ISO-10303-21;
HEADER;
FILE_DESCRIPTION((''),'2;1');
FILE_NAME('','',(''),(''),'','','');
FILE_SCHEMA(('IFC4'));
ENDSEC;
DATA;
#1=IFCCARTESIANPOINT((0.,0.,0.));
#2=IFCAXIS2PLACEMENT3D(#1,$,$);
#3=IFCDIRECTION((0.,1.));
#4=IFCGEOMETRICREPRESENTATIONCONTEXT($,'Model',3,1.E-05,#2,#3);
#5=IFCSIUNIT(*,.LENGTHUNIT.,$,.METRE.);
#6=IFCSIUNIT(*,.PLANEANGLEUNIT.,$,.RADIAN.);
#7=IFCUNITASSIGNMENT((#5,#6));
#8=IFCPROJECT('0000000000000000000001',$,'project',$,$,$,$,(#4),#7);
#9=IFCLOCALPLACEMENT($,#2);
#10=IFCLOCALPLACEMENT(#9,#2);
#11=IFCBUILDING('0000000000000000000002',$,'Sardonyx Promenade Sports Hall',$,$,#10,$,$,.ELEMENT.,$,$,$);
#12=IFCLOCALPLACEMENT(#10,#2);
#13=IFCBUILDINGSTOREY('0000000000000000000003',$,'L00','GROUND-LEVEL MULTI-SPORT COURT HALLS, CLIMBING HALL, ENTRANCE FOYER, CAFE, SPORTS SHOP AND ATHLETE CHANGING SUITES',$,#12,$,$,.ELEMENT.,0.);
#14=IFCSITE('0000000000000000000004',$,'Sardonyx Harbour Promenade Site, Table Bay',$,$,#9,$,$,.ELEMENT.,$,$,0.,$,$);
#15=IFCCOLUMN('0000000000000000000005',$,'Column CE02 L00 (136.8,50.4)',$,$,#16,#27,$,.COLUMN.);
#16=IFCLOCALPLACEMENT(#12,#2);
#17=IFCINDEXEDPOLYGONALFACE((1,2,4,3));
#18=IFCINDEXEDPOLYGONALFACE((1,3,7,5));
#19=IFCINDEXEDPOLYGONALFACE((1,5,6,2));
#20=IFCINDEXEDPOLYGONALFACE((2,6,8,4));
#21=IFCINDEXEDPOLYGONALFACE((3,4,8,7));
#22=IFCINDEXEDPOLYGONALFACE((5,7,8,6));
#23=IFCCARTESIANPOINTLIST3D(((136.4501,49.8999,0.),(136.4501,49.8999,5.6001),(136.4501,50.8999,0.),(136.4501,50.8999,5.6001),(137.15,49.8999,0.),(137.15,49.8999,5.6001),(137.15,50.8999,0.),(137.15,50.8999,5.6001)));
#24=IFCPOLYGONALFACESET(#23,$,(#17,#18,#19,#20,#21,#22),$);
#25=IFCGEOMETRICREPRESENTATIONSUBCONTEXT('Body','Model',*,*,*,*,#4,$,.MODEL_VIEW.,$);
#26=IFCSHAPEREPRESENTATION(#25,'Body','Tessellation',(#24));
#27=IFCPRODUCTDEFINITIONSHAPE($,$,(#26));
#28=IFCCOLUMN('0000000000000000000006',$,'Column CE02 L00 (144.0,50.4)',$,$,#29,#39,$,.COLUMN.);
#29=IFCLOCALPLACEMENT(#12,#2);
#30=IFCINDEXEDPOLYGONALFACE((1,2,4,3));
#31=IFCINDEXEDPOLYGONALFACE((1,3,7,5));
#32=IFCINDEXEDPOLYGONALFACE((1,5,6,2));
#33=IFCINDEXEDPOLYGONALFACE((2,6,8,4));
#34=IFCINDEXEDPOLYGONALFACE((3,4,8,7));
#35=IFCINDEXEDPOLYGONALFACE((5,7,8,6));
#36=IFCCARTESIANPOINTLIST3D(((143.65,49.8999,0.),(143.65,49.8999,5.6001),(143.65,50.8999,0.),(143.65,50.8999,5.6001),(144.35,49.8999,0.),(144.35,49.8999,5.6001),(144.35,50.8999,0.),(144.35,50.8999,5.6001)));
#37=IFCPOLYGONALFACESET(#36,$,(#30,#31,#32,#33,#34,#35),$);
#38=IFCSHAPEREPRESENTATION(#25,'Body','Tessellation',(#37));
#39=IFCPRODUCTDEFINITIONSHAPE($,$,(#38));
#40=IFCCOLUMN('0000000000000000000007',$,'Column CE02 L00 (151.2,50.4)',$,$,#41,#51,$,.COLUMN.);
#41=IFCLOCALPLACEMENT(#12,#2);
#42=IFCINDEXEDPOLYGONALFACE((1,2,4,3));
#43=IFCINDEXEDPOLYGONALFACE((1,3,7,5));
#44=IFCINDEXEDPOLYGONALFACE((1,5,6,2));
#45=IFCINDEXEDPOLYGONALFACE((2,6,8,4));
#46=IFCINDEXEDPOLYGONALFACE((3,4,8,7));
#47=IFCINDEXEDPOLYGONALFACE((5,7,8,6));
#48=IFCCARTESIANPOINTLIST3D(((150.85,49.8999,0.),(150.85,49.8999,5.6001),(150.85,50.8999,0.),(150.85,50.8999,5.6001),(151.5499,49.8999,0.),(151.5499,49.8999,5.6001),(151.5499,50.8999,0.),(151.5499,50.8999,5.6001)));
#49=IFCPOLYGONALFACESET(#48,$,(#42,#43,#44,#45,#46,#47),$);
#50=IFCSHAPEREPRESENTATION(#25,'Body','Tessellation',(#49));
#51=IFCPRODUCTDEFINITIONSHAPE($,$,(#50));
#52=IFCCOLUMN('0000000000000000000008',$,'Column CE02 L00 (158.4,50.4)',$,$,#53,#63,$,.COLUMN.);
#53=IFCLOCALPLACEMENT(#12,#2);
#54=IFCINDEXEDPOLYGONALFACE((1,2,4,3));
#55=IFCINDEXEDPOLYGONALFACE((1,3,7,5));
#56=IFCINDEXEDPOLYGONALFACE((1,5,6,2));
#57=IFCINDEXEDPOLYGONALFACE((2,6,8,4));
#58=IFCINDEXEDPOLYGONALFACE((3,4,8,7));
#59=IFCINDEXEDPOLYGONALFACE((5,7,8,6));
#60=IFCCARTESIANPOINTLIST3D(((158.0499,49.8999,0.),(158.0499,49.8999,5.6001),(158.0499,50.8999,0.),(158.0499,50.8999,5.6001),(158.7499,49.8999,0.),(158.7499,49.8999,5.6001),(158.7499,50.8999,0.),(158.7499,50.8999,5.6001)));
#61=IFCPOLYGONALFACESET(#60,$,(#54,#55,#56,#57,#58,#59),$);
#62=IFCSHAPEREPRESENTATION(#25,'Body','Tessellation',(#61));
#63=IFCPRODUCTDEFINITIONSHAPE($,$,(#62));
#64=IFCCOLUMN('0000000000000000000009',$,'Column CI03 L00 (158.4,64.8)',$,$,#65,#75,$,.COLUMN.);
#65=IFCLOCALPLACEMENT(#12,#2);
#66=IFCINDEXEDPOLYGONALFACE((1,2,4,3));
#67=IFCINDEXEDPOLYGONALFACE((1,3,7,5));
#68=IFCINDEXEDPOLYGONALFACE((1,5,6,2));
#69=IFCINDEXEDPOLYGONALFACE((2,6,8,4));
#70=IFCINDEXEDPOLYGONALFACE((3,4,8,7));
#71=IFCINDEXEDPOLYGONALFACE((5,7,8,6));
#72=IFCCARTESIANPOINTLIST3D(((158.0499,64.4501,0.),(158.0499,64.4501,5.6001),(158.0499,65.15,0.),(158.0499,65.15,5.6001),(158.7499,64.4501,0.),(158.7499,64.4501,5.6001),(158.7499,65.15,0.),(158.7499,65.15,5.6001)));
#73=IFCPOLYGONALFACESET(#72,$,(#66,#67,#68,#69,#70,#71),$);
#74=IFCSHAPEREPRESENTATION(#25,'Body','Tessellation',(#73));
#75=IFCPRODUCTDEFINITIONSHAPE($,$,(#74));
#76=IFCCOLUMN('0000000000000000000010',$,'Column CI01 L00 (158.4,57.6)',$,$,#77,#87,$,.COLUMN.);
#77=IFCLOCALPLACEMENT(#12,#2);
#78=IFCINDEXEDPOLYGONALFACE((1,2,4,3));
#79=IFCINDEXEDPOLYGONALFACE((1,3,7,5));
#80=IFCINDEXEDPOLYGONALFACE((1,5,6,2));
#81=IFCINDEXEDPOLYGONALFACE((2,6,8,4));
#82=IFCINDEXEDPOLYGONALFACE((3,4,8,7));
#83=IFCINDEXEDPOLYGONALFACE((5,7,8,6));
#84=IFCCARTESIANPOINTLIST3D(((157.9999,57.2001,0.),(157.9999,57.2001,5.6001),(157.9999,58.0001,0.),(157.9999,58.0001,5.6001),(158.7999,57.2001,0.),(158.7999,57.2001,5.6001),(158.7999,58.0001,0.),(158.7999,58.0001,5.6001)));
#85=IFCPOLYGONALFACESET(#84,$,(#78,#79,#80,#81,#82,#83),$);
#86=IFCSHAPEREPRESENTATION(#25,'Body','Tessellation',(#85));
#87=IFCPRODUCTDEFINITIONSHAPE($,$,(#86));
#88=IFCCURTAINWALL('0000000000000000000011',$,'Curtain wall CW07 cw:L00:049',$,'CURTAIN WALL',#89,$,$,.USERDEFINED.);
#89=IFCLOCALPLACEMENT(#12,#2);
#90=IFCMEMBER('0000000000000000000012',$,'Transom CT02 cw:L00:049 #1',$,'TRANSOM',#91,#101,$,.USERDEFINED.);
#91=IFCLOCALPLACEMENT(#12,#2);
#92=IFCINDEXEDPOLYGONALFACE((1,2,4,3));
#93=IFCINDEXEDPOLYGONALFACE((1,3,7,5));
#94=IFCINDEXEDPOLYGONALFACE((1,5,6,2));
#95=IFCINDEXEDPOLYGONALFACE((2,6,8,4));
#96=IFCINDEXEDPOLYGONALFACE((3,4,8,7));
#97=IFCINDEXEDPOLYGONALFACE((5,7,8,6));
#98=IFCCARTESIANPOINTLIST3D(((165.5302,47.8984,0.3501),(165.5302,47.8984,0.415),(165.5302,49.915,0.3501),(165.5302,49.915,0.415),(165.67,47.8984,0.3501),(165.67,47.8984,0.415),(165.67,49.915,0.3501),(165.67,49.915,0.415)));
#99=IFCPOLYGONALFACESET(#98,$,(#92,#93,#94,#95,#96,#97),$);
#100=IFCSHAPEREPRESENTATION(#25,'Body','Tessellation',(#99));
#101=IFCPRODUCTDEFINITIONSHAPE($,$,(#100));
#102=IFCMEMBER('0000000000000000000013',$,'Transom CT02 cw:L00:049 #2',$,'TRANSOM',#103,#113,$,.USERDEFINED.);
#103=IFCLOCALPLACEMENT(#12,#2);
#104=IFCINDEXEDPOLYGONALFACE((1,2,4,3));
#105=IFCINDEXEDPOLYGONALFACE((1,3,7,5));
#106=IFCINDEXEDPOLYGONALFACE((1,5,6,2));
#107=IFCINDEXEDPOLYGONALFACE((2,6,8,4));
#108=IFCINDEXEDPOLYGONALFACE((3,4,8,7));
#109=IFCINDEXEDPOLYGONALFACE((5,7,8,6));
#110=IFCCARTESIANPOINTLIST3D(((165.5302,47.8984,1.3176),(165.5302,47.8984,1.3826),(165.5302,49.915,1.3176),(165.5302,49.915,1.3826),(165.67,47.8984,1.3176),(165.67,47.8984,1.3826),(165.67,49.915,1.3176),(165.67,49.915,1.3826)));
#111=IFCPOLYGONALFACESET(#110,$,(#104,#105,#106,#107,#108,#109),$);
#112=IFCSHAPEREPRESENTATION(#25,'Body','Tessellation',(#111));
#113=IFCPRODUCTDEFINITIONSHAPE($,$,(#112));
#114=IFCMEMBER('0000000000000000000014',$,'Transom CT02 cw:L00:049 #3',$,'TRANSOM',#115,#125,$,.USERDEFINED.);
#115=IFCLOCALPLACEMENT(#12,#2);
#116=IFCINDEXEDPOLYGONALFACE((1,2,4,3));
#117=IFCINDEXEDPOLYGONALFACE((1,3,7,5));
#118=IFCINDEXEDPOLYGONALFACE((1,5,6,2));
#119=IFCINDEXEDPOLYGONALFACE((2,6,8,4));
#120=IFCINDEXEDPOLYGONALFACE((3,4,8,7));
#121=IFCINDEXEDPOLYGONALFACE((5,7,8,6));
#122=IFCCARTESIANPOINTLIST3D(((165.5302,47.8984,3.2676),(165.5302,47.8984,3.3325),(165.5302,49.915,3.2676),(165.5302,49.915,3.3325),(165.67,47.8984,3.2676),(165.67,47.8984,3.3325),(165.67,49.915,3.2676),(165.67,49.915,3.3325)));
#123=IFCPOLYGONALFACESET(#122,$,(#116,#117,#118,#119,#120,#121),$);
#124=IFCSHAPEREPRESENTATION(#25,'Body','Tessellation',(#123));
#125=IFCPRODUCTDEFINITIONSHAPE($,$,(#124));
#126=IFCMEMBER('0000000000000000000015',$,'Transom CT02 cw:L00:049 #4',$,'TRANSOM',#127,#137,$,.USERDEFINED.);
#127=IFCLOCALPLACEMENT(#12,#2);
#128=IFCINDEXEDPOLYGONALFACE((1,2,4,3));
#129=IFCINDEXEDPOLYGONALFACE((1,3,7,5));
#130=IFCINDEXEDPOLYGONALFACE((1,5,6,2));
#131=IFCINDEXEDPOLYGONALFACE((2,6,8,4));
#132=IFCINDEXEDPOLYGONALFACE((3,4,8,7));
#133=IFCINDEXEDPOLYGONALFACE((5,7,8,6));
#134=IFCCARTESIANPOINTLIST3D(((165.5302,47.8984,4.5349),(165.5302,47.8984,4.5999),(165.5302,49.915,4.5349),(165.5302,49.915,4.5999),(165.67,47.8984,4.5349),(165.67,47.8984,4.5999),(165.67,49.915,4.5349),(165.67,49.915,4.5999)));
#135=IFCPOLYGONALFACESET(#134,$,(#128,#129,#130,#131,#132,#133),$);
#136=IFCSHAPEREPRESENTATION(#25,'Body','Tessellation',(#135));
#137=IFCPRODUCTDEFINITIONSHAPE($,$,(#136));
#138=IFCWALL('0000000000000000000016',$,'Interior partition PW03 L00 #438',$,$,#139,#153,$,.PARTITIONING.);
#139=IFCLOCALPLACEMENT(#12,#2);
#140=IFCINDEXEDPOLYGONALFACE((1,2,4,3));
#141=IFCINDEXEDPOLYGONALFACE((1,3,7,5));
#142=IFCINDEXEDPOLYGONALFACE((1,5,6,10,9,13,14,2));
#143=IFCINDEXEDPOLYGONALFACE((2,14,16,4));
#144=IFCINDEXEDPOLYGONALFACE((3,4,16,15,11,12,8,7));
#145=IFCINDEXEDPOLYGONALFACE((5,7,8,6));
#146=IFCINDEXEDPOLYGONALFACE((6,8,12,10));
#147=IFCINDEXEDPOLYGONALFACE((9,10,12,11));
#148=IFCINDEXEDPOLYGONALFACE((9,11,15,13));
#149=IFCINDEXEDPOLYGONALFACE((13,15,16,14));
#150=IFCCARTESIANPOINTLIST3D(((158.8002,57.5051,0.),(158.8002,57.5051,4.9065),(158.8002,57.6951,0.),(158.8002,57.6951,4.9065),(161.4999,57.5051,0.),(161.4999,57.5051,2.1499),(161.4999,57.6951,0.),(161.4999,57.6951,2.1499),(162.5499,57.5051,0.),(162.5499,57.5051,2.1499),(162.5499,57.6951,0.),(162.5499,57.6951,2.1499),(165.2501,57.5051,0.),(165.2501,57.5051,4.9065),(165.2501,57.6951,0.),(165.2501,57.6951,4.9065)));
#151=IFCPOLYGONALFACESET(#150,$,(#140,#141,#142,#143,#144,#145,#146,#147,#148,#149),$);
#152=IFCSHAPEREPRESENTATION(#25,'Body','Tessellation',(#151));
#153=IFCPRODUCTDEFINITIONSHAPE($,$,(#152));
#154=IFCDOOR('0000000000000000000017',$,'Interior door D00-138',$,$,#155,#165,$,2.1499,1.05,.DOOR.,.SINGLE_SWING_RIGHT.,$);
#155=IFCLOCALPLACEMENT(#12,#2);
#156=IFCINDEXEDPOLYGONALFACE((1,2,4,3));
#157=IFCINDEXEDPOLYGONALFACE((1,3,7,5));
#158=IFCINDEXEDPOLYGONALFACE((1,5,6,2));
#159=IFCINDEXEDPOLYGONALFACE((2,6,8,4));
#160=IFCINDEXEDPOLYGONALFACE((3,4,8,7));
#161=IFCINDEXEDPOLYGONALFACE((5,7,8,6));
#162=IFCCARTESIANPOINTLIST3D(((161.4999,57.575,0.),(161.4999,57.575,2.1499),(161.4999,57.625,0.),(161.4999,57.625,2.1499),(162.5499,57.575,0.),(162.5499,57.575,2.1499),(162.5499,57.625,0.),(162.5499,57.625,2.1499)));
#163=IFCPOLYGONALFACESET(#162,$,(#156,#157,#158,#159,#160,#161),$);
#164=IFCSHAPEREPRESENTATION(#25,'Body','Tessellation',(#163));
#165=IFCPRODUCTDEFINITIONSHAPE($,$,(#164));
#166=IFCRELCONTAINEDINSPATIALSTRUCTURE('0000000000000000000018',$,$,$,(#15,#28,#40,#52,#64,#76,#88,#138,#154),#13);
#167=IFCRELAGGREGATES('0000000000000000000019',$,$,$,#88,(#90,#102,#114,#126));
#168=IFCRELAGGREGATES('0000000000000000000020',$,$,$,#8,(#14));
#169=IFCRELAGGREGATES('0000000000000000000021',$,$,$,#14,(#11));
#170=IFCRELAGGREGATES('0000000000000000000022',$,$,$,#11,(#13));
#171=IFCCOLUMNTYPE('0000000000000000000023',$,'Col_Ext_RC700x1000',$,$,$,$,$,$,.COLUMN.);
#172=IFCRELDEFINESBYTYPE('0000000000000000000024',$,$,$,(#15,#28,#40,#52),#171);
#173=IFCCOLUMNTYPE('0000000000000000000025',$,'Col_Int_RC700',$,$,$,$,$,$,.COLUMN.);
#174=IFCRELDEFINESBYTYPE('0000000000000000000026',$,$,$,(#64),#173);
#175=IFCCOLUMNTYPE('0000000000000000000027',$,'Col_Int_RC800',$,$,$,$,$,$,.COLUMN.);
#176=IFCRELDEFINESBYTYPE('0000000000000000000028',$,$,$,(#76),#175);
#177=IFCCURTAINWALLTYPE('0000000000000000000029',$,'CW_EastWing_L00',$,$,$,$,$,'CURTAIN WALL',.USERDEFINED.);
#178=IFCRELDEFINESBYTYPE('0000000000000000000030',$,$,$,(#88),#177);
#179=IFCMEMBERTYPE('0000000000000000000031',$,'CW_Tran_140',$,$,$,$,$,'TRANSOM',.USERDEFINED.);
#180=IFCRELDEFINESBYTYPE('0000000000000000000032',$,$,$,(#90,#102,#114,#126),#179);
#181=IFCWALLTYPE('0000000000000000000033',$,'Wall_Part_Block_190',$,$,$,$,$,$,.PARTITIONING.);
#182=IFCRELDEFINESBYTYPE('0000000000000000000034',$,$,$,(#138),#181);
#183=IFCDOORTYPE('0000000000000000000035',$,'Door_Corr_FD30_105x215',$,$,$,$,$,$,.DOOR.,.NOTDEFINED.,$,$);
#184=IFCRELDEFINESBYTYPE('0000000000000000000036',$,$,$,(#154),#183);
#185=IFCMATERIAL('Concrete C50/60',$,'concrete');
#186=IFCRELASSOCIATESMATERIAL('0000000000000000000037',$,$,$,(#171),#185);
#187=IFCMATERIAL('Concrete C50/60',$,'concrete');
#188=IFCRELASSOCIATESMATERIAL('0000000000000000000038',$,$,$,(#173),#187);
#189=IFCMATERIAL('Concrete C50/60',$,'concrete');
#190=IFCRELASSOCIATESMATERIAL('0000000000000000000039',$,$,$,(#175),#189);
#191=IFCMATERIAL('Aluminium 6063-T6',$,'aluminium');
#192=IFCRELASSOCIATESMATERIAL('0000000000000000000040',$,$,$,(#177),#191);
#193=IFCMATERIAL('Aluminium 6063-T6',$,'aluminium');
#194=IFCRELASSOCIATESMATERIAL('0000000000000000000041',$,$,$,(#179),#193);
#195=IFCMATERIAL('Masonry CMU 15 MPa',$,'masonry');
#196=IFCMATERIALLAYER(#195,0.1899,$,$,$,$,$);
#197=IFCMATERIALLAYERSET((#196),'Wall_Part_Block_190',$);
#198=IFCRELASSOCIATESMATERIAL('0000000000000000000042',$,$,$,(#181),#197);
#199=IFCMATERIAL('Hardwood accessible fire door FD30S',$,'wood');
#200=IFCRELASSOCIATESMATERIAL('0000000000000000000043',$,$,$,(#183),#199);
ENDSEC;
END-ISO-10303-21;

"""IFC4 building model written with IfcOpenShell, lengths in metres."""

from ifc_helpers import new_model, si_unit, direction, frame, frame_2d, origin, origin_2d, place, context, subcontext, project, spatial, rectangle, extrude, material, layer, layer_set, material_profile, profile_set, type_object, element, fill, aggregate, save


model = new_model("IFC4")

# Units and contexts
model_context = context("Model", 3, precision=1e-05, world=origin(), true_north=direction((0.0, 1.0)))
body_context = subcontext(model_context, "Body", "Model", "MODEL_VIEW")
ifc_project = project(units=[si_unit("LENGTHUNIT", "METRE"), si_unit("PLANEANGLEUNIT", "RADIAN")], contexts=[model_context])

# Site, building, storey
site_placement = place(None, origin())
site = spatial("IfcSite", under=ifc_project, at=site_placement, Name="Sardonyx Harbour Promenade Site, Table Bay", CompositionType="ELEMENT", RefElevation=0.0)
building_placement = place(site_placement, origin())
building = spatial("IfcBuilding", under=site, at=building_placement, Name="Sardonyx Promenade Sports Hall", CompositionType="ELEMENT")
storey_placement = place(building_placement, origin())
storey = spatial("IfcBuildingStorey", under=building, at=storey_placement, Name="L00", Description="GROUND-LEVEL MULTI-SPORT COURT HALLS, CLIMBING HALL, ENTRANCE FOYER, CAFE, SPORTS SHOP AND ATHLETE CHANGING SUITES", CompositionType="ELEMENT", Elevation=0.0)

# Columns
ifc_material_1 = material(Name="Concrete C50/60", Category="concrete")
ifc_material_profile_1 = material_profile(ifc_material_1, rectangle(XDim=0.7, YDim=1.0, at=origin_2d()))
ifc_profile_set_1 = profile_set([ifc_material_profile_1], Name="Concrete C50/60")
column_type_1 = type_object("IfcColumnType", Name="Col_Ext_RC700x1000", PredefinedType="COLUMN", material=ifc_profile_set_1)
for number, where, z_axis, x_axis, name in (
    (1, (136.8, 50.3999, 0.0), (0.0, 0.0, 1.0), (1.0, 0.0, 0.0), "Column CE02 L00 (136.8,50.4)"),
    (2, (144.0, 50.3999, 0.0), (0.0, 0.0, 1.0), (1.0, 0.0, 0.0), "Column CE02 L00 (144.0,50.4)"),
    (3, (151.2, 50.3999, 0.0), (0.0, 0.0, 1.0), (1.0, 0.0, 0.0), "Column CE02 L00 (151.2,50.4)"),
    (4, (158.3999, 50.3999, 0.0), (0.0, 0.0, 1.0), (1.0, 0.0, 0.0), "Column CE02 L00 (158.4,50.4)"),
):
    element("IfcColumn", number, at=place(storey_placement, frame(where, z_axis=z_axis, x_axis=x_axis)), inside=storey, type_object=column_type_1, Name=name, PredefinedType="COLUMN", context=body_context, shape_type="SweptSolid", body=[
        extrude(rectangle(XDim=0.7, YDim=1.0, at=origin_2d()), origin(), (0.0, 0.0, 1.0), 5.6001),
    ])
ifc_material_2 = material(Name="Concrete C50/60", Category="concrete")
ifc_material_profile_2 = material_profile(ifc_material_2, rectangle(XDim=0.7, YDim=0.7, at=origin_2d()))
ifc_profile_set_2 = profile_set([ifc_material_profile_2], Name="Concrete C50/60")
column_type_2 = type_object("IfcColumnType", Name="Col_Int_RC700", PredefinedType="COLUMN", material=ifc_profile_set_2)
column_1_placement = place(storey_placement, frame((158.3999, 64.8, 0.0), z_axis=(0.0, 0.0, 1.0), x_axis=(1.0, 0.0, 0.0)))
element("IfcColumn", 5, at=column_1_placement, inside=storey, type_object=column_type_2, Name="Column CI03 L00 (158.4,64.8)", PredefinedType="COLUMN", context=body_context, shape_type="SweptSolid", body=[
    extrude(rectangle(XDim=0.7, YDim=0.7, at=origin_2d()), origin(), (0.0, 0.0, 1.0), 5.6001),
])
ifc_material_3 = material(Name="Concrete C50/60", Category="concrete")
ifc_material_profile_3 = material_profile(ifc_material_3, rectangle(XDim=0.8, YDim=0.8, at=origin_2d()))
ifc_profile_set_3 = profile_set([ifc_material_profile_3], Name="Concrete C50/60")
column_type_3 = type_object("IfcColumnType", Name="Col_Int_RC800", PredefinedType="COLUMN", material=ifc_profile_set_3)
column_2_placement = place(storey_placement, frame((158.3999, 57.6001, 0.0), z_axis=(0.0, 0.0, 1.0), x_axis=(1.0, 0.0, 0.0)))
element("IfcColumn", 6, at=column_2_placement, inside=storey, type_object=column_type_3, Name="Column CI01 L00 (158.4,57.6)", PredefinedType="COLUMN", context=body_context, shape_type="SweptSolid", body=[
    extrude(rectangle(XDim=0.8, YDim=0.8, at=origin_2d()), origin(), (0.0, 0.0, 1.0), 5.6001),
])

# Curtain wall, members
ifc_material_4 = material(Name="Aluminium 6063-T6", Category="aluminium")
curtain_wall_type = type_object("IfcCurtainWallType", Name="CW_EastWing_L00", ElementType="CURTAIN WALL", PredefinedType="USERDEFINED", material=ifc_material_4)
curtain_wall_placement = place(storey_placement, origin())
curtain_wall = element("IfcCurtainWall", 7, at=curtain_wall_placement, inside=storey, type_object=curtain_wall_type, Name="Curtain wall CW07 cw:L00:049", ObjectType="CURTAIN WALL", PredefinedType="USERDEFINED")
ifc_material_5 = material(Name="Aluminium 6063-T6", Category="aluminium")
ifc_material_profile_4 = material_profile(ifc_material_5, rectangle(XDim=0.0649, YDim=0.1399, at=origin_2d()))
ifc_profile_set_4 = profile_set([ifc_material_profile_4], Name="Aluminium 6063-T6")
member_type = type_object("IfcMemberType", Name="CW_Tran_140", ElementType="TRANSOM", PredefinedType="USERDEFINED", material=ifc_profile_set_4)
member_1_placement = place(storey_placement, frame((165.6001, 49.915, 0.3826), z_axis=(0.0, -1.0, 0.0), x_axis=(0.0, 0.0, 1.0)))
member_1 = element("IfcMember", 8, at=member_1_placement, type_object=member_type, Name="Transom CT02 cw:L00:049 #1", ObjectType="TRANSOM", PredefinedType="USERDEFINED", context=body_context, shape_type="SweptSolid", body=[
    extrude(rectangle(XDim=0.0649, YDim=0.1399, at=origin_2d()), origin(), (0.0, 0.0, 1.0), 2.0166),
])
member_2_placement = place(storey_placement, frame((165.6001, 49.915, 1.3501), z_axis=(0.0, -1.0, 0.0), x_axis=(0.0, 0.0, 1.0)))
member_2 = element("IfcMember", 9, at=member_2_placement, type_object=member_type, Name="Transom CT02 cw:L00:049 #2", ObjectType="TRANSOM", PredefinedType="USERDEFINED", context=body_context, shape_type="SweptSolid", body=[
    extrude(rectangle(XDim=0.0649, YDim=0.1399, at=origin_2d()), origin(), (0.0, 0.0, 1.0), 2.0166),
])
member_3_placement = place(storey_placement, frame((165.6001, 49.915, 3.3), z_axis=(0.0, -1.0, 0.0), x_axis=(0.0, 0.0, 1.0)))
member_3 = element("IfcMember", 10, at=member_3_placement, type_object=member_type, Name="Transom CT02 cw:L00:049 #3", ObjectType="TRANSOM", PredefinedType="USERDEFINED", context=body_context, shape_type="SweptSolid", body=[
    extrude(rectangle(XDim=0.0649, YDim=0.1399, at=origin_2d()), origin(), (0.0, 0.0, 1.0), 2.0166),
])
member_4_placement = place(storey_placement, frame((165.6001, 49.915, 4.5674), z_axis=(0.0, -1.0, 0.0), x_axis=(0.0, 0.0, 1.0)))
member_4 = element("IfcMember", 11, at=member_4_placement, type_object=member_type, Name="Transom CT02 cw:L00:049 #4", ObjectType="TRANSOM", PredefinedType="USERDEFINED", context=body_context, shape_type="SweptSolid", body=[
    extrude(rectangle(XDim=0.0649, YDim=0.1399, at=origin_2d()), origin(), (0.0, 0.0, 1.0), 2.0166),
])
aggregate(curtain_wall, [member_1, member_2, member_3, member_4])

# Wall, opening, door
ifc_material_6 = material(Name="Masonry CMU 15 MPa", Category="masonry")
ifc_layer_1 = layer(ifc_material_6, 0.1899)
ifc_layer_set_1 = layer_set([ifc_layer_1], Name="Wall_Part_Block_190")
wall_type_1 = type_object("IfcWallType", Name="Wall_Part_Block_190", PredefinedType="PARTITIONING", material=ifc_layer_set_1)
wall_1_placement = place(storey_placement, frame((158.8, 57.6001, 0.0), z_axis=(0.0, 0.0, 1.0), x_axis=(1.0, 0.0, 0.0)))
wall_1 = element("IfcWall", 12, at=wall_1_placement, inside=storey, type_object=wall_type_1, Name="Interior partition PW03 L00 #438", PredefinedType="PARTITIONING", context=body_context, shape_type="SweptSolid", body=[
    extrude(rectangle(XDim=6.45, YDim=0.1899, at=frame_2d((3.2251, 0.0))), origin(), (0.0, 0.0, 1.0), 4.9065),
])
opening_1_placement = place(wall_1_placement, frame((2.7, 0.0, 0.0)))
opening_1 = element("IfcOpeningElement", 13, at=opening_1_placement, cuts=wall_1, PredefinedType="OPENING", context=body_context, shape_type="SweptSolid", body=[
    extrude(rectangle(XDim=1.05, YDim=2.1499, at=frame_2d((0.5249, 1.075))), frame((0.0, 0.105, 0.0), z_axis=(0.0, -1.0, 0.0), x_axis=(1.0, 0.0, 0.0)), (0.0, 0.0, 1.0), 0.21),
])
ifc_material_7 = material(Name="Hardwood accessible fire door FD30S", Category="wood")
door_type_1 = type_object("IfcDoorType", Name="Door_Corr_FD30_105x215", OperationType="NOTDEFINED", PredefinedType="DOOR", material=ifc_material_7)
door_1_placement = place(opening_1_placement, origin())
door_1 = element("IfcDoor", 14, at=door_1_placement, inside=storey, type_object=door_type_1, Name="Interior door D00-138", OperationType="SINGLE_SWING_RIGHT", OverallHeight=2.1499, OverallWidth=1.05, PredefinedType="DOOR", context=body_context, shape_type="SweptSolid", body=[
    extrude(rectangle(XDim=1.05, YDim=2.1499, at=frame_2d((0.5249, 1.075))), frame((0.0, 0.0249, 0.0), z_axis=(0.0, -1.0, 0.0), x_axis=(1.0, 0.0, 0.0)), (0.0, 0.0, 1.0), 0.05),
])
fill(opening_1, door_1)

save(model, "model.ifc")
